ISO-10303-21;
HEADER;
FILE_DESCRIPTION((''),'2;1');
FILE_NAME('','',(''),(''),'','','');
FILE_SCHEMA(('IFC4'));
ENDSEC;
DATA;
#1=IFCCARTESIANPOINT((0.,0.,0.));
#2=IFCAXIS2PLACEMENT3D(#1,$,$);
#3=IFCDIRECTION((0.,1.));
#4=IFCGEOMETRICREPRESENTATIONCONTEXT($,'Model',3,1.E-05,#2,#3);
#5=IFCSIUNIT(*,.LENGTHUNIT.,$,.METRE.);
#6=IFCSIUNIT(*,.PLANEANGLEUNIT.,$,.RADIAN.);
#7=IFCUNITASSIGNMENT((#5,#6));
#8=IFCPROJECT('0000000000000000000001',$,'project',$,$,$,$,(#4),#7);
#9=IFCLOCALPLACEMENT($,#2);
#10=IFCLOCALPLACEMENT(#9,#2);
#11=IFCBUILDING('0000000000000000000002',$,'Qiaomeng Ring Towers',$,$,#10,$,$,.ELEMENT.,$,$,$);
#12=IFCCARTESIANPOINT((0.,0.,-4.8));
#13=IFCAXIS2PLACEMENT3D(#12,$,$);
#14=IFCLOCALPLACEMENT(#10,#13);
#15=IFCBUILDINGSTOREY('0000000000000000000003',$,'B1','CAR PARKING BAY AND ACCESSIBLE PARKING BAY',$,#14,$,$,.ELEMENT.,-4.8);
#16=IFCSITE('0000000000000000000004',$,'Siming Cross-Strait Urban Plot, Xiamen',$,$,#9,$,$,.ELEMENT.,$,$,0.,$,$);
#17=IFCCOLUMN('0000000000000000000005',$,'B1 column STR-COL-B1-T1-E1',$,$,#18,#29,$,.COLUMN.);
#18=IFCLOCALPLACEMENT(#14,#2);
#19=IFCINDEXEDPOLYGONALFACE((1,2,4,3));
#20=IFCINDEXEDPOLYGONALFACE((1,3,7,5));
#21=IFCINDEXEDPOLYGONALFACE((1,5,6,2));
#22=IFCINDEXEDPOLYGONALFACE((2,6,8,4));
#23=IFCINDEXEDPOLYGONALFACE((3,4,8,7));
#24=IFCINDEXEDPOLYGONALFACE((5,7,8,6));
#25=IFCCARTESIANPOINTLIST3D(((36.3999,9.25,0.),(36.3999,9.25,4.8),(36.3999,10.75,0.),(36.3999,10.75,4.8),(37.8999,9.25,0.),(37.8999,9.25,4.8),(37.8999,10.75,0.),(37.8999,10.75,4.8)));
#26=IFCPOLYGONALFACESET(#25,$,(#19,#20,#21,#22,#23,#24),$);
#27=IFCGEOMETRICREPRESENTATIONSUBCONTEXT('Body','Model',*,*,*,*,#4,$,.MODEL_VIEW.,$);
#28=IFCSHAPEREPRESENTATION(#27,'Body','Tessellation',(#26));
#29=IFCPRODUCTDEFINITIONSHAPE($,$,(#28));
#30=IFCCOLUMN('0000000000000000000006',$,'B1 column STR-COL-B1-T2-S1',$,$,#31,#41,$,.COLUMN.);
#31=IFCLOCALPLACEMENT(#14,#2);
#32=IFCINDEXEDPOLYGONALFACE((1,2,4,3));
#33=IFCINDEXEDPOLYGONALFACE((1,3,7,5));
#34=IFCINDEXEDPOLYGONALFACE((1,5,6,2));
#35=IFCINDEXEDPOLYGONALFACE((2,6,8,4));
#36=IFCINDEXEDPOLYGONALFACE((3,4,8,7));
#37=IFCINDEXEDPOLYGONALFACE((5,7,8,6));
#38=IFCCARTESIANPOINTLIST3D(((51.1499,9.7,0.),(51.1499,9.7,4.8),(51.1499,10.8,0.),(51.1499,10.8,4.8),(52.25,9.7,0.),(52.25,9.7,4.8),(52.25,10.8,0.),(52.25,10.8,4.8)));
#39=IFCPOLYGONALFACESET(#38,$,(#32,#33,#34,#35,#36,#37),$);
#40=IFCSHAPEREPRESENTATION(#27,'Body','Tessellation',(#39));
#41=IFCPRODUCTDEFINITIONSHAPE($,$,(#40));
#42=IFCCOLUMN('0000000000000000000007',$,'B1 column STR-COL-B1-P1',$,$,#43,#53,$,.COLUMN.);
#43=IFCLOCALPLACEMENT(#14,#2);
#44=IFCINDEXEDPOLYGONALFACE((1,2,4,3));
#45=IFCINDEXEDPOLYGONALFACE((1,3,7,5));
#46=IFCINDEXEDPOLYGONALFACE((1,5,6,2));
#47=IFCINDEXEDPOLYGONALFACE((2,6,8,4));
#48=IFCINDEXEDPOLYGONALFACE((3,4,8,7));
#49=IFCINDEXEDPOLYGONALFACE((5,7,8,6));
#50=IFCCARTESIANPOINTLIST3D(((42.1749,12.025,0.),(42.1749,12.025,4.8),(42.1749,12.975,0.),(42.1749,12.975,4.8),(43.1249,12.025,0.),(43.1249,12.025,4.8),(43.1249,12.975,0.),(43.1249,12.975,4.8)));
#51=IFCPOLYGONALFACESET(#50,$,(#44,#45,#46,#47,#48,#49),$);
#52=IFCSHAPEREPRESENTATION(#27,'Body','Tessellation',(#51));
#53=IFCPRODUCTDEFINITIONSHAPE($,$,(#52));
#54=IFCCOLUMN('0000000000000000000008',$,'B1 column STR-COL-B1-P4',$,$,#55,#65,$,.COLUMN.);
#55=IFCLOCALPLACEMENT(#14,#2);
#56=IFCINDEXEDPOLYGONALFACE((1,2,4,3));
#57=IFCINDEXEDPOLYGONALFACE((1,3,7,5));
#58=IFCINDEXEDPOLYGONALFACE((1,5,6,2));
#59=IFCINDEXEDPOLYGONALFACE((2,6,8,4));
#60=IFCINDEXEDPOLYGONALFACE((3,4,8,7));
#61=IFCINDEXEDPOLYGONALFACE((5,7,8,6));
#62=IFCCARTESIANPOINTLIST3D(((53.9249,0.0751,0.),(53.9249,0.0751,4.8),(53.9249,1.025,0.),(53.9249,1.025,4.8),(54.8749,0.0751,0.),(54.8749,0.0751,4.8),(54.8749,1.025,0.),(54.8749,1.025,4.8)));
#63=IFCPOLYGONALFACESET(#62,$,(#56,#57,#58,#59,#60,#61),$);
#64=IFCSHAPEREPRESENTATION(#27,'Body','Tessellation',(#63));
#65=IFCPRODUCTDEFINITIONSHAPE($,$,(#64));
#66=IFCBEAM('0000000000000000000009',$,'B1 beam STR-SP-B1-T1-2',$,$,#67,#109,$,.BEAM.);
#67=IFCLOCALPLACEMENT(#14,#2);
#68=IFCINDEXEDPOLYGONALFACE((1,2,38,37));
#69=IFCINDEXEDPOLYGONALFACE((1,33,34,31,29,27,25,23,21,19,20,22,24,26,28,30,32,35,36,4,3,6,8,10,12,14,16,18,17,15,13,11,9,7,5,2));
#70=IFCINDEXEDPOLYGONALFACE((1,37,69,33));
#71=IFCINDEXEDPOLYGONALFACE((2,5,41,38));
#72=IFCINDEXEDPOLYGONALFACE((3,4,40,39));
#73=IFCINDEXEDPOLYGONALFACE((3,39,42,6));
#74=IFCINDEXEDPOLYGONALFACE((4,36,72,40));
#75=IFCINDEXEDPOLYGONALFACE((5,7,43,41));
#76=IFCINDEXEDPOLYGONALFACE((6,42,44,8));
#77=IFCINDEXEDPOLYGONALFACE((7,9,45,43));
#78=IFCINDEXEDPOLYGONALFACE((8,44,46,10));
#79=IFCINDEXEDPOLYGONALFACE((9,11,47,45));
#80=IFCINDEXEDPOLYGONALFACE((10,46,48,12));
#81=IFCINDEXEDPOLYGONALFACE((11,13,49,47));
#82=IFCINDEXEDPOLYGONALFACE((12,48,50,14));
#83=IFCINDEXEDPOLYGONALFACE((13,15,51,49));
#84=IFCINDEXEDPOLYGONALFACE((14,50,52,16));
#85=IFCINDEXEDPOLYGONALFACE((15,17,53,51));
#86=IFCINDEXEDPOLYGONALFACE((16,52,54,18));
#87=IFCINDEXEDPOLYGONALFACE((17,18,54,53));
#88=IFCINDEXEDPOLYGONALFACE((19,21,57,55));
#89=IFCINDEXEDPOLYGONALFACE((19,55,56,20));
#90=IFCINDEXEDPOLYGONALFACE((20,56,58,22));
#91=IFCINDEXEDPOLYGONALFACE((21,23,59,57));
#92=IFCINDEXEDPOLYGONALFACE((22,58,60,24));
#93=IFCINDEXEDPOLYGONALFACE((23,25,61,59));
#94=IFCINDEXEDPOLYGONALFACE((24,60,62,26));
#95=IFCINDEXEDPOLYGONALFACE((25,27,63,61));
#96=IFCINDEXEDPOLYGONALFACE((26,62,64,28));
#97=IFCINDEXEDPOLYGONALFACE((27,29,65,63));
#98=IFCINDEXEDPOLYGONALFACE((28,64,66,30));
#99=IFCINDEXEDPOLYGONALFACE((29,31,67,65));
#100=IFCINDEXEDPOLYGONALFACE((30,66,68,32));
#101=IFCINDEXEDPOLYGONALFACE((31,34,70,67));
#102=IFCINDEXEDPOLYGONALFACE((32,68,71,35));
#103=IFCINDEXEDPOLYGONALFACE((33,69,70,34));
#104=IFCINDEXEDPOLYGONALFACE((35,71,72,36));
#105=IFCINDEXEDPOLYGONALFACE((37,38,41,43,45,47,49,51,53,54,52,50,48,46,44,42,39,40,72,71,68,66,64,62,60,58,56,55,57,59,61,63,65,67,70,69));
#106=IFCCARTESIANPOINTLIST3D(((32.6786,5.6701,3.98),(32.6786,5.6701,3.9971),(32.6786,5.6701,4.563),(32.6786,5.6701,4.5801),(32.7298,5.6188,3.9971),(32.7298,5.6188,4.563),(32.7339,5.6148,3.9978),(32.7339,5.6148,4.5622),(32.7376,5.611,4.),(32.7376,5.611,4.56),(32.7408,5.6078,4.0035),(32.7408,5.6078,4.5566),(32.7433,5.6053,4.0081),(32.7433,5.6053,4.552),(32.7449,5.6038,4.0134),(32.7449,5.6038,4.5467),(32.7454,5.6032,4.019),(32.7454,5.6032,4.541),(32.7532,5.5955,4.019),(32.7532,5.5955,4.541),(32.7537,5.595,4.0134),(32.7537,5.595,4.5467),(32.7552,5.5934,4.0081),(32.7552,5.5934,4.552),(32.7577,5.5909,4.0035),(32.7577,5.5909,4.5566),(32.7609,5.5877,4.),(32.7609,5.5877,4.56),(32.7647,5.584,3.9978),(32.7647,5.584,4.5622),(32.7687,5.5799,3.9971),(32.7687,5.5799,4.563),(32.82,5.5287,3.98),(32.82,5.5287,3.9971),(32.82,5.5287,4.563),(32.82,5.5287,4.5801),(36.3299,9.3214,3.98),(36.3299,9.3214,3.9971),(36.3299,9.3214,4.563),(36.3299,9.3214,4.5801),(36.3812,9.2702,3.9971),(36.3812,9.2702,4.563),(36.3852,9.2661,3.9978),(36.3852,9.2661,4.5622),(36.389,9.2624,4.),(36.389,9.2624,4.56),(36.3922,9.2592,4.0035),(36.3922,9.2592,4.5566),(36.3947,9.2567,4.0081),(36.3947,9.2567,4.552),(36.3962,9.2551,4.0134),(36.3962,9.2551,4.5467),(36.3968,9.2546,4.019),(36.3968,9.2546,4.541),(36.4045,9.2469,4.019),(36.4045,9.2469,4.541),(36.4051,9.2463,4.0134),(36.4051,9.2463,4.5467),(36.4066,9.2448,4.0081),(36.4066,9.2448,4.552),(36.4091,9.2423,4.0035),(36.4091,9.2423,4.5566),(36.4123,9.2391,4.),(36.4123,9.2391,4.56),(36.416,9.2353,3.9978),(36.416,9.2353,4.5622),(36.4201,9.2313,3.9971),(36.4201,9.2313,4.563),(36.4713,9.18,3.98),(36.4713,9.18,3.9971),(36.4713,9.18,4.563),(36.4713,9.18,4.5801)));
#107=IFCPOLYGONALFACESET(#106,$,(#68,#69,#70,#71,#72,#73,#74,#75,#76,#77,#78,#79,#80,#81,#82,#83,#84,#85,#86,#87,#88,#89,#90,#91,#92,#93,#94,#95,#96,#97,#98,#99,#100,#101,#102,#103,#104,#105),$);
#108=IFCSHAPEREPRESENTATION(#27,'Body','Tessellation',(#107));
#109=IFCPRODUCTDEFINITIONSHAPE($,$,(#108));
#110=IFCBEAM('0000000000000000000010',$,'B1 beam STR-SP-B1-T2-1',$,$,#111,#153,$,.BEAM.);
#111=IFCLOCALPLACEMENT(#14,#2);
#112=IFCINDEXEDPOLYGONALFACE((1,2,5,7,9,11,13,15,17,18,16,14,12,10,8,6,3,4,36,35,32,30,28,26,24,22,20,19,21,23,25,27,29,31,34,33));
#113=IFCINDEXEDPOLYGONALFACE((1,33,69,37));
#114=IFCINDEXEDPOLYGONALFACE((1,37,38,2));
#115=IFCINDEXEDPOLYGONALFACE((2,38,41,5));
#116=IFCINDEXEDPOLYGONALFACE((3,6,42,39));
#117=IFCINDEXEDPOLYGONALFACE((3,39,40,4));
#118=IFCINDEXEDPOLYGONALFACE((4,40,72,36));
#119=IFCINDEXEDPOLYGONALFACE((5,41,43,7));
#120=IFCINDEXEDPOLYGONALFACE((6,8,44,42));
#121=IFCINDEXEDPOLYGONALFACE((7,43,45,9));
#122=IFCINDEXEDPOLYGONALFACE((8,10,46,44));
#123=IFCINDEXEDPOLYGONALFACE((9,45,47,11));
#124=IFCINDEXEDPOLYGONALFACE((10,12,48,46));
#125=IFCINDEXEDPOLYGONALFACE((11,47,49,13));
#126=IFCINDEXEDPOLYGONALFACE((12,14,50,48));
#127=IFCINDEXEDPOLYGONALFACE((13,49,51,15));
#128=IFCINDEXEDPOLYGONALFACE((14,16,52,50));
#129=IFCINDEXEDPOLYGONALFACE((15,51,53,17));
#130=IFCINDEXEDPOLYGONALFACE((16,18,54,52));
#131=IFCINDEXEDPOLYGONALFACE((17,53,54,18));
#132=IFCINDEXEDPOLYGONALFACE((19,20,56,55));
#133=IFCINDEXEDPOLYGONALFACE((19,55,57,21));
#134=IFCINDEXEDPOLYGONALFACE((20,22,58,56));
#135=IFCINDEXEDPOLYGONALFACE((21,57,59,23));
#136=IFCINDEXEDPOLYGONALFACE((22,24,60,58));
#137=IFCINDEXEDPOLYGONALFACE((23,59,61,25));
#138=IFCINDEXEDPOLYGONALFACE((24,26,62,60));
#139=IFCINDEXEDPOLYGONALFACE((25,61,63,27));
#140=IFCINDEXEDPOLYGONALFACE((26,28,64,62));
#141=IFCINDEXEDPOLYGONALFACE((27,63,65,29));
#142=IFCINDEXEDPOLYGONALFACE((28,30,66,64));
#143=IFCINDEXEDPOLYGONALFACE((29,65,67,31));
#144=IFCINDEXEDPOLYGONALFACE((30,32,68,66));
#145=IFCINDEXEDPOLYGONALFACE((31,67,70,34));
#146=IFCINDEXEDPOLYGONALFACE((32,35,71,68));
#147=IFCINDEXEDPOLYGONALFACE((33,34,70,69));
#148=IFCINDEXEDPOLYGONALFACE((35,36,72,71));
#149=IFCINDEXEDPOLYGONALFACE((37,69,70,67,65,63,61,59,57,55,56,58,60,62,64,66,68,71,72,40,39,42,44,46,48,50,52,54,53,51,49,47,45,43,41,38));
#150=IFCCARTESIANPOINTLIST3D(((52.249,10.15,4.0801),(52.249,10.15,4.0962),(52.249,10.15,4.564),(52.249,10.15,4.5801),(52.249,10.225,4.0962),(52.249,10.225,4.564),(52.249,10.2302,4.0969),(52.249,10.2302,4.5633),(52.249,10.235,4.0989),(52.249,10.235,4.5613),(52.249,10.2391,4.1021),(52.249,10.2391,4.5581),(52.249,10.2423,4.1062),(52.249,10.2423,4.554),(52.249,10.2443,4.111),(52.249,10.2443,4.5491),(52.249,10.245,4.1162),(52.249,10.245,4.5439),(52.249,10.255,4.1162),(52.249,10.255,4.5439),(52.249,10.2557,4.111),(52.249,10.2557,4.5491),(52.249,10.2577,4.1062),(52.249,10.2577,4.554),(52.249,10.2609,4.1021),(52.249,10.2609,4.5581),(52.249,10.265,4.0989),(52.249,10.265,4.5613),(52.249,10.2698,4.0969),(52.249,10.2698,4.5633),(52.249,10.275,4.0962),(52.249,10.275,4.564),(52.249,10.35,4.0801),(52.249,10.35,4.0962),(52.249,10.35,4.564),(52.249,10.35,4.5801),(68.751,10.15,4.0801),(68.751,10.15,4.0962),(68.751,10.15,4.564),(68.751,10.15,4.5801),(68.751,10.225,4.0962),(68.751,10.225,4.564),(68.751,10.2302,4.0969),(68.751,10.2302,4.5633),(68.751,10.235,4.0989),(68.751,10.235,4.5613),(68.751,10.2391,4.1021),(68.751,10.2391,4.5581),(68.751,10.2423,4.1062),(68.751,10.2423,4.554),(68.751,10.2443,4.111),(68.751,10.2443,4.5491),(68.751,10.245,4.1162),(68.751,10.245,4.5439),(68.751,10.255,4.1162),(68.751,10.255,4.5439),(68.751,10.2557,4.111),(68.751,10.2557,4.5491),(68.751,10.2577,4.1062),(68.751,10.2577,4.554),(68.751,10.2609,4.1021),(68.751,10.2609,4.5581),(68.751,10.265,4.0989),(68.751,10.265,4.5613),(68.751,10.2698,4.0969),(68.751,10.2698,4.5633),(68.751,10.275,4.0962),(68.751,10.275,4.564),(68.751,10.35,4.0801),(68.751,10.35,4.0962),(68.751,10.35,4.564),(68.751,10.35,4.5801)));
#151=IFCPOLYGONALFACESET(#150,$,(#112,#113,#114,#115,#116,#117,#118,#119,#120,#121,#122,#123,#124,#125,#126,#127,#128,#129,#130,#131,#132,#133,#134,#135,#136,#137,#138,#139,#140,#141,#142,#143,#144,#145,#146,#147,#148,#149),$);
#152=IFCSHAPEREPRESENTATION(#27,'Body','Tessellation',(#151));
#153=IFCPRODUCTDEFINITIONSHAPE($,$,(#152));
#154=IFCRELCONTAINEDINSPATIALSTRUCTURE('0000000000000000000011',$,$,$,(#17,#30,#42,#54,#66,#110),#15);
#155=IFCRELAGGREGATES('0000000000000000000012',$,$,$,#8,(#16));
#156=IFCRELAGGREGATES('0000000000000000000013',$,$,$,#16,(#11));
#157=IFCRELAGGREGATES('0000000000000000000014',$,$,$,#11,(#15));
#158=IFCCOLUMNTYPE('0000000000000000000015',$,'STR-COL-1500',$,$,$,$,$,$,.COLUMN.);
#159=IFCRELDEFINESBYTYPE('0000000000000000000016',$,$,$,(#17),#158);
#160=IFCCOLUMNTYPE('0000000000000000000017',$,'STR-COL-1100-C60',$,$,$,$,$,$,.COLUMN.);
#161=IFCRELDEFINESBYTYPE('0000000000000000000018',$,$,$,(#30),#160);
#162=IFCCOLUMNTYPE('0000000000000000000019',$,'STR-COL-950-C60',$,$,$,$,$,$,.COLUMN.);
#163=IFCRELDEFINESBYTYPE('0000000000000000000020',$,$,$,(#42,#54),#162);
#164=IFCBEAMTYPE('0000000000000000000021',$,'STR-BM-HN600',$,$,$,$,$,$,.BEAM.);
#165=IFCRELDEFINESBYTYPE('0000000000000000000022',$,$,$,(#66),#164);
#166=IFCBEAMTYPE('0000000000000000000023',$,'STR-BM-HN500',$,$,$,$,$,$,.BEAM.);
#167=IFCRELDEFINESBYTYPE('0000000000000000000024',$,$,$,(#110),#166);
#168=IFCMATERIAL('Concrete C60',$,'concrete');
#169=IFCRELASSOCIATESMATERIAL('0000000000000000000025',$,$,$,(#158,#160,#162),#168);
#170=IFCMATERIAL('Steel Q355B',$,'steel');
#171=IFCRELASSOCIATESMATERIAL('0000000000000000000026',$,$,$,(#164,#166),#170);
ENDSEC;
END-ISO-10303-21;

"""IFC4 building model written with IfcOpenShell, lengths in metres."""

from ifc_helpers import new_model, si_unit, direction, frame, origin, origin_2d, place, context, subcontext, project, spatial, rectangle, i_section, extrude, source, transform, mapped, material, material_profile, profile_set, type_object, element, save


model = new_model("IFC4")

# Units and contexts
model_context = context("Model", 3, precision=1e-05, world=origin(), true_north=direction((0.0, 1.0)))
body_context = subcontext(model_context, "Body", "Model", "MODEL_VIEW")
ifc_project = project(units=[si_unit("LENGTHUNIT", "METRE"), si_unit("PLANEANGLEUNIT", "RADIAN")], contexts=[model_context])

# Site, building, storey
site_placement = place(None, origin())
site = spatial("IfcSite", under=ifc_project, at=site_placement, Name="Siming Cross-Strait Urban Plot, Xiamen", CompositionType="ELEMENT", RefElevation=0.0)
building_placement = place(site_placement, origin())
building = spatial("IfcBuilding", under=site, at=building_placement, Name="Qiaomeng Ring Towers", CompositionType="ELEMENT")
storey_placement = place(building_placement, frame((0.0, 0.0, -4.8)))
storey = spatial("IfcBuildingStorey", under=building, at=storey_placement, Name="B1", Description="CAR PARKING BAY AND ACCESSIBLE PARKING BAY", CompositionType="ELEMENT", Elevation=-4.8)

# Columns
ifc_material_1 = material(Name="Concrete C60", Category="concrete")
ifc_material_profile_1 = material_profile(ifc_material_1, rectangle(XDim=1.5, YDim=1.5, at=origin_2d()), Name="RC COL 1500x1500")
ifc_profile_set_1 = profile_set([ifc_material_profile_1], Name="Concrete C60")
column_type_1 = type_object("IfcColumnType", Name="STR-COL-1500", PredefinedType="COLUMN", material=ifc_profile_set_1)
shared_shape_1 = source(origin(), body_context, "Body", "SweptSolid", [
    extrude(rectangle(XDim=1.5, YDim=1.5, at=origin_2d()), origin(), (0.0, 0.0, 1.0), 4.8),
])
column_1_placement = place(storey_placement, frame((37.1499, 10.0, 0.0), z_axis=(0.0, 0.0, 1.0), x_axis=(1.0, 0.0, 0.0)))
element("IfcColumn", 1, at=column_1_placement, inside=storey, type_object=column_type_1, Name="B1 column STR-COL-B1-T1-E1", PredefinedType="COLUMN", context=body_context, shape_type="MappedRepresentation", body=[
    mapped(shared_shape_1, transform((0.0, 0.0, 0.0), x_axis=(1.0, 0.0, 0.0), y_axis=(0.0, 1.0, 0.0), z_axis=(0.0, 0.0, 1.0), scale=1.0)),
])
ifc_material_profile_2 = material_profile(ifc_material_1, rectangle(XDim=1.1001, YDim=1.1001, at=origin_2d()), Name="RC COL 1100x1100")
ifc_profile_set_2 = profile_set([ifc_material_profile_2], Name="Concrete C60")
column_type_2 = type_object("IfcColumnType", Name="STR-COL-1100-C60", PredefinedType="COLUMN", material=ifc_profile_set_2)
shared_shape_2 = source(origin(), body_context, "Body", "SweptSolid", [
    extrude(rectangle(XDim=1.1001, YDim=1.1001, at=origin_2d()), origin(), (0.0, 0.0, 1.0), 4.8),
])
column_2_placement = place(storey_placement, frame((51.7, 10.25, 0.0), z_axis=(0.0, 0.0, 1.0), x_axis=(1.0, 0.0, 0.0)))
element("IfcColumn", 2, at=column_2_placement, inside=storey, type_object=column_type_2, Name="B1 column STR-COL-B1-T2-S1", PredefinedType="COLUMN", context=body_context, shape_type="MappedRepresentation", body=[
    mapped(shared_shape_2, transform((0.0, 0.0, 0.0), x_axis=(1.0, 0.0, 0.0), y_axis=(0.0, 1.0, 0.0), z_axis=(0.0, 0.0, 1.0), scale=1.0)),
])
ifc_material_profile_3 = material_profile(ifc_material_1, rectangle(XDim=0.95, YDim=0.95, at=origin_2d()), Name="RC COL 950x950")
ifc_profile_set_3 = profile_set([ifc_material_profile_3], Name="Concrete C60")
column_type_3 = type_object("IfcColumnType", Name="STR-COL-950-C60", PredefinedType="COLUMN", material=ifc_profile_set_3)
shared_shape_3 = source(origin(), body_context, "Body", "SweptSolid", [
    extrude(rectangle(XDim=0.95, YDim=0.95, at=origin_2d()), origin(), (0.0, 0.0, 1.0), 4.8),
])
for number, where, z_axis, x_axis, name in (
    (3, (42.6499, 12.5, 0.0), (0.0, 0.0, 1.0), (1.0, 0.0, 0.0), "B1 column STR-COL-B1-P1"),
    (4, (54.3999, 0.55, 0.0), (0.0, 0.0, 1.0), (1.0, 0.0, 0.0), "B1 column STR-COL-B1-P4"),
):
    element("IfcColumn", number, at=place(storey_placement, frame(where, z_axis=z_axis, x_axis=x_axis)), inside=storey, type_object=column_type_3, Name=name, PredefinedType="COLUMN", context=body_context, shape_type="MappedRepresentation", body=[
        mapped(shared_shape_3, transform((0.0, 0.0, 0.0), x_axis=(1.0, 0.0, 0.0), y_axis=(0.0, 1.0, 0.0), z_axis=(0.0, 0.0, 1.0), scale=1.0)),
    ])

# Beams
ifc_material_2 = material(Name="Steel Q355B", Category="steel")
ifc_material_profile_4 = material_profile(ifc_material_2, i_section(OverallWidth=0.2, OverallDepth=0.6001, WebThickness=0.011, FlangeThickness=0.0171, FilletRadius=0.022, at=origin_2d()), Name="HN 600x200x11x17")
ifc_profile_set_4 = profile_set([ifc_material_profile_4], Name="Steel Q355B")
beam_type_1 = type_object("IfcBeamType", Name="STR-BM-HN600", PredefinedType="BEAM", material=ifc_profile_set_4)
shared_shape_4 = source(origin(), body_context, "Body", "SweptSolid", [
    extrude(i_section(OverallWidth=0.2, OverallDepth=0.6001, WebThickness=0.011, FlangeThickness=0.0171, FilletRadius=0.022, at=origin_2d()), origin(), (0.0, 0.0, 1.0), 5.1638),
])
beam_1_placement = place(storey_placement, frame((32.7493, 5.5994, 4.28), z_axis=(0.707107, 0.707107, 0.0), x_axis=(-0.707107, 0.707107, 0.0)))
element("IfcBeam", 5, at=beam_1_placement, inside=storey, type_object=beam_type_1, Name="B1 beam STR-SP-B1-T1-2", PredefinedType="BEAM", context=body_context, shape_type="MappedRepresentation", body=[
    mapped(shared_shape_4, transform((0.0, 0.0, 0.0), x_axis=(1.0, 0.0, 0.0), y_axis=(0.0, 1.0, 0.0), z_axis=(0.0, 0.0, 1.0), scale=1.0)),
])
ifc_material_profile_5 = material_profile(ifc_material_2, i_section(OverallWidth=0.2, OverallDepth=0.5, WebThickness=0.01, FlangeThickness=0.0161, FilletRadius=0.02, at=origin_2d()), Name="HN 500x200x10x16")
ifc_profile_set_5 = profile_set([ifc_material_profile_5], Name="Steel Q355B")
beam_type_2 = type_object("IfcBeamType", Name="STR-BM-HN500", PredefinedType="BEAM", material=ifc_profile_set_5)
shared_shape_5 = source(origin(), body_context, "Body", "SweptSolid", [
    extrude(i_section(OverallWidth=0.2, OverallDepth=0.5, WebThickness=0.01, FlangeThickness=0.0161, FilletRadius=0.02, at=origin_2d()), origin(), (0.0, 0.0, 1.0), 16.502),
])
beam_2_placement = place(storey_placement, frame((52.249, 10.25, 4.3301), z_axis=(1.0, 0.0, 0.0), x_axis=(0.0, 1.0, 0.0)))
element("IfcBeam", 6, at=beam_2_placement, inside=storey, type_object=beam_type_2, Name="B1 beam STR-SP-B1-T2-1", PredefinedType="BEAM", context=body_context, shape_type="MappedRepresentation", body=[
    mapped(shared_shape_5, transform((0.0, 0.0, 0.0), x_axis=(1.0, 0.0, 0.0), y_axis=(0.0, 1.0, 0.0), z_axis=(0.0, 0.0, 1.0), scale=1.0)),
])

save(model, "model.ifc")
